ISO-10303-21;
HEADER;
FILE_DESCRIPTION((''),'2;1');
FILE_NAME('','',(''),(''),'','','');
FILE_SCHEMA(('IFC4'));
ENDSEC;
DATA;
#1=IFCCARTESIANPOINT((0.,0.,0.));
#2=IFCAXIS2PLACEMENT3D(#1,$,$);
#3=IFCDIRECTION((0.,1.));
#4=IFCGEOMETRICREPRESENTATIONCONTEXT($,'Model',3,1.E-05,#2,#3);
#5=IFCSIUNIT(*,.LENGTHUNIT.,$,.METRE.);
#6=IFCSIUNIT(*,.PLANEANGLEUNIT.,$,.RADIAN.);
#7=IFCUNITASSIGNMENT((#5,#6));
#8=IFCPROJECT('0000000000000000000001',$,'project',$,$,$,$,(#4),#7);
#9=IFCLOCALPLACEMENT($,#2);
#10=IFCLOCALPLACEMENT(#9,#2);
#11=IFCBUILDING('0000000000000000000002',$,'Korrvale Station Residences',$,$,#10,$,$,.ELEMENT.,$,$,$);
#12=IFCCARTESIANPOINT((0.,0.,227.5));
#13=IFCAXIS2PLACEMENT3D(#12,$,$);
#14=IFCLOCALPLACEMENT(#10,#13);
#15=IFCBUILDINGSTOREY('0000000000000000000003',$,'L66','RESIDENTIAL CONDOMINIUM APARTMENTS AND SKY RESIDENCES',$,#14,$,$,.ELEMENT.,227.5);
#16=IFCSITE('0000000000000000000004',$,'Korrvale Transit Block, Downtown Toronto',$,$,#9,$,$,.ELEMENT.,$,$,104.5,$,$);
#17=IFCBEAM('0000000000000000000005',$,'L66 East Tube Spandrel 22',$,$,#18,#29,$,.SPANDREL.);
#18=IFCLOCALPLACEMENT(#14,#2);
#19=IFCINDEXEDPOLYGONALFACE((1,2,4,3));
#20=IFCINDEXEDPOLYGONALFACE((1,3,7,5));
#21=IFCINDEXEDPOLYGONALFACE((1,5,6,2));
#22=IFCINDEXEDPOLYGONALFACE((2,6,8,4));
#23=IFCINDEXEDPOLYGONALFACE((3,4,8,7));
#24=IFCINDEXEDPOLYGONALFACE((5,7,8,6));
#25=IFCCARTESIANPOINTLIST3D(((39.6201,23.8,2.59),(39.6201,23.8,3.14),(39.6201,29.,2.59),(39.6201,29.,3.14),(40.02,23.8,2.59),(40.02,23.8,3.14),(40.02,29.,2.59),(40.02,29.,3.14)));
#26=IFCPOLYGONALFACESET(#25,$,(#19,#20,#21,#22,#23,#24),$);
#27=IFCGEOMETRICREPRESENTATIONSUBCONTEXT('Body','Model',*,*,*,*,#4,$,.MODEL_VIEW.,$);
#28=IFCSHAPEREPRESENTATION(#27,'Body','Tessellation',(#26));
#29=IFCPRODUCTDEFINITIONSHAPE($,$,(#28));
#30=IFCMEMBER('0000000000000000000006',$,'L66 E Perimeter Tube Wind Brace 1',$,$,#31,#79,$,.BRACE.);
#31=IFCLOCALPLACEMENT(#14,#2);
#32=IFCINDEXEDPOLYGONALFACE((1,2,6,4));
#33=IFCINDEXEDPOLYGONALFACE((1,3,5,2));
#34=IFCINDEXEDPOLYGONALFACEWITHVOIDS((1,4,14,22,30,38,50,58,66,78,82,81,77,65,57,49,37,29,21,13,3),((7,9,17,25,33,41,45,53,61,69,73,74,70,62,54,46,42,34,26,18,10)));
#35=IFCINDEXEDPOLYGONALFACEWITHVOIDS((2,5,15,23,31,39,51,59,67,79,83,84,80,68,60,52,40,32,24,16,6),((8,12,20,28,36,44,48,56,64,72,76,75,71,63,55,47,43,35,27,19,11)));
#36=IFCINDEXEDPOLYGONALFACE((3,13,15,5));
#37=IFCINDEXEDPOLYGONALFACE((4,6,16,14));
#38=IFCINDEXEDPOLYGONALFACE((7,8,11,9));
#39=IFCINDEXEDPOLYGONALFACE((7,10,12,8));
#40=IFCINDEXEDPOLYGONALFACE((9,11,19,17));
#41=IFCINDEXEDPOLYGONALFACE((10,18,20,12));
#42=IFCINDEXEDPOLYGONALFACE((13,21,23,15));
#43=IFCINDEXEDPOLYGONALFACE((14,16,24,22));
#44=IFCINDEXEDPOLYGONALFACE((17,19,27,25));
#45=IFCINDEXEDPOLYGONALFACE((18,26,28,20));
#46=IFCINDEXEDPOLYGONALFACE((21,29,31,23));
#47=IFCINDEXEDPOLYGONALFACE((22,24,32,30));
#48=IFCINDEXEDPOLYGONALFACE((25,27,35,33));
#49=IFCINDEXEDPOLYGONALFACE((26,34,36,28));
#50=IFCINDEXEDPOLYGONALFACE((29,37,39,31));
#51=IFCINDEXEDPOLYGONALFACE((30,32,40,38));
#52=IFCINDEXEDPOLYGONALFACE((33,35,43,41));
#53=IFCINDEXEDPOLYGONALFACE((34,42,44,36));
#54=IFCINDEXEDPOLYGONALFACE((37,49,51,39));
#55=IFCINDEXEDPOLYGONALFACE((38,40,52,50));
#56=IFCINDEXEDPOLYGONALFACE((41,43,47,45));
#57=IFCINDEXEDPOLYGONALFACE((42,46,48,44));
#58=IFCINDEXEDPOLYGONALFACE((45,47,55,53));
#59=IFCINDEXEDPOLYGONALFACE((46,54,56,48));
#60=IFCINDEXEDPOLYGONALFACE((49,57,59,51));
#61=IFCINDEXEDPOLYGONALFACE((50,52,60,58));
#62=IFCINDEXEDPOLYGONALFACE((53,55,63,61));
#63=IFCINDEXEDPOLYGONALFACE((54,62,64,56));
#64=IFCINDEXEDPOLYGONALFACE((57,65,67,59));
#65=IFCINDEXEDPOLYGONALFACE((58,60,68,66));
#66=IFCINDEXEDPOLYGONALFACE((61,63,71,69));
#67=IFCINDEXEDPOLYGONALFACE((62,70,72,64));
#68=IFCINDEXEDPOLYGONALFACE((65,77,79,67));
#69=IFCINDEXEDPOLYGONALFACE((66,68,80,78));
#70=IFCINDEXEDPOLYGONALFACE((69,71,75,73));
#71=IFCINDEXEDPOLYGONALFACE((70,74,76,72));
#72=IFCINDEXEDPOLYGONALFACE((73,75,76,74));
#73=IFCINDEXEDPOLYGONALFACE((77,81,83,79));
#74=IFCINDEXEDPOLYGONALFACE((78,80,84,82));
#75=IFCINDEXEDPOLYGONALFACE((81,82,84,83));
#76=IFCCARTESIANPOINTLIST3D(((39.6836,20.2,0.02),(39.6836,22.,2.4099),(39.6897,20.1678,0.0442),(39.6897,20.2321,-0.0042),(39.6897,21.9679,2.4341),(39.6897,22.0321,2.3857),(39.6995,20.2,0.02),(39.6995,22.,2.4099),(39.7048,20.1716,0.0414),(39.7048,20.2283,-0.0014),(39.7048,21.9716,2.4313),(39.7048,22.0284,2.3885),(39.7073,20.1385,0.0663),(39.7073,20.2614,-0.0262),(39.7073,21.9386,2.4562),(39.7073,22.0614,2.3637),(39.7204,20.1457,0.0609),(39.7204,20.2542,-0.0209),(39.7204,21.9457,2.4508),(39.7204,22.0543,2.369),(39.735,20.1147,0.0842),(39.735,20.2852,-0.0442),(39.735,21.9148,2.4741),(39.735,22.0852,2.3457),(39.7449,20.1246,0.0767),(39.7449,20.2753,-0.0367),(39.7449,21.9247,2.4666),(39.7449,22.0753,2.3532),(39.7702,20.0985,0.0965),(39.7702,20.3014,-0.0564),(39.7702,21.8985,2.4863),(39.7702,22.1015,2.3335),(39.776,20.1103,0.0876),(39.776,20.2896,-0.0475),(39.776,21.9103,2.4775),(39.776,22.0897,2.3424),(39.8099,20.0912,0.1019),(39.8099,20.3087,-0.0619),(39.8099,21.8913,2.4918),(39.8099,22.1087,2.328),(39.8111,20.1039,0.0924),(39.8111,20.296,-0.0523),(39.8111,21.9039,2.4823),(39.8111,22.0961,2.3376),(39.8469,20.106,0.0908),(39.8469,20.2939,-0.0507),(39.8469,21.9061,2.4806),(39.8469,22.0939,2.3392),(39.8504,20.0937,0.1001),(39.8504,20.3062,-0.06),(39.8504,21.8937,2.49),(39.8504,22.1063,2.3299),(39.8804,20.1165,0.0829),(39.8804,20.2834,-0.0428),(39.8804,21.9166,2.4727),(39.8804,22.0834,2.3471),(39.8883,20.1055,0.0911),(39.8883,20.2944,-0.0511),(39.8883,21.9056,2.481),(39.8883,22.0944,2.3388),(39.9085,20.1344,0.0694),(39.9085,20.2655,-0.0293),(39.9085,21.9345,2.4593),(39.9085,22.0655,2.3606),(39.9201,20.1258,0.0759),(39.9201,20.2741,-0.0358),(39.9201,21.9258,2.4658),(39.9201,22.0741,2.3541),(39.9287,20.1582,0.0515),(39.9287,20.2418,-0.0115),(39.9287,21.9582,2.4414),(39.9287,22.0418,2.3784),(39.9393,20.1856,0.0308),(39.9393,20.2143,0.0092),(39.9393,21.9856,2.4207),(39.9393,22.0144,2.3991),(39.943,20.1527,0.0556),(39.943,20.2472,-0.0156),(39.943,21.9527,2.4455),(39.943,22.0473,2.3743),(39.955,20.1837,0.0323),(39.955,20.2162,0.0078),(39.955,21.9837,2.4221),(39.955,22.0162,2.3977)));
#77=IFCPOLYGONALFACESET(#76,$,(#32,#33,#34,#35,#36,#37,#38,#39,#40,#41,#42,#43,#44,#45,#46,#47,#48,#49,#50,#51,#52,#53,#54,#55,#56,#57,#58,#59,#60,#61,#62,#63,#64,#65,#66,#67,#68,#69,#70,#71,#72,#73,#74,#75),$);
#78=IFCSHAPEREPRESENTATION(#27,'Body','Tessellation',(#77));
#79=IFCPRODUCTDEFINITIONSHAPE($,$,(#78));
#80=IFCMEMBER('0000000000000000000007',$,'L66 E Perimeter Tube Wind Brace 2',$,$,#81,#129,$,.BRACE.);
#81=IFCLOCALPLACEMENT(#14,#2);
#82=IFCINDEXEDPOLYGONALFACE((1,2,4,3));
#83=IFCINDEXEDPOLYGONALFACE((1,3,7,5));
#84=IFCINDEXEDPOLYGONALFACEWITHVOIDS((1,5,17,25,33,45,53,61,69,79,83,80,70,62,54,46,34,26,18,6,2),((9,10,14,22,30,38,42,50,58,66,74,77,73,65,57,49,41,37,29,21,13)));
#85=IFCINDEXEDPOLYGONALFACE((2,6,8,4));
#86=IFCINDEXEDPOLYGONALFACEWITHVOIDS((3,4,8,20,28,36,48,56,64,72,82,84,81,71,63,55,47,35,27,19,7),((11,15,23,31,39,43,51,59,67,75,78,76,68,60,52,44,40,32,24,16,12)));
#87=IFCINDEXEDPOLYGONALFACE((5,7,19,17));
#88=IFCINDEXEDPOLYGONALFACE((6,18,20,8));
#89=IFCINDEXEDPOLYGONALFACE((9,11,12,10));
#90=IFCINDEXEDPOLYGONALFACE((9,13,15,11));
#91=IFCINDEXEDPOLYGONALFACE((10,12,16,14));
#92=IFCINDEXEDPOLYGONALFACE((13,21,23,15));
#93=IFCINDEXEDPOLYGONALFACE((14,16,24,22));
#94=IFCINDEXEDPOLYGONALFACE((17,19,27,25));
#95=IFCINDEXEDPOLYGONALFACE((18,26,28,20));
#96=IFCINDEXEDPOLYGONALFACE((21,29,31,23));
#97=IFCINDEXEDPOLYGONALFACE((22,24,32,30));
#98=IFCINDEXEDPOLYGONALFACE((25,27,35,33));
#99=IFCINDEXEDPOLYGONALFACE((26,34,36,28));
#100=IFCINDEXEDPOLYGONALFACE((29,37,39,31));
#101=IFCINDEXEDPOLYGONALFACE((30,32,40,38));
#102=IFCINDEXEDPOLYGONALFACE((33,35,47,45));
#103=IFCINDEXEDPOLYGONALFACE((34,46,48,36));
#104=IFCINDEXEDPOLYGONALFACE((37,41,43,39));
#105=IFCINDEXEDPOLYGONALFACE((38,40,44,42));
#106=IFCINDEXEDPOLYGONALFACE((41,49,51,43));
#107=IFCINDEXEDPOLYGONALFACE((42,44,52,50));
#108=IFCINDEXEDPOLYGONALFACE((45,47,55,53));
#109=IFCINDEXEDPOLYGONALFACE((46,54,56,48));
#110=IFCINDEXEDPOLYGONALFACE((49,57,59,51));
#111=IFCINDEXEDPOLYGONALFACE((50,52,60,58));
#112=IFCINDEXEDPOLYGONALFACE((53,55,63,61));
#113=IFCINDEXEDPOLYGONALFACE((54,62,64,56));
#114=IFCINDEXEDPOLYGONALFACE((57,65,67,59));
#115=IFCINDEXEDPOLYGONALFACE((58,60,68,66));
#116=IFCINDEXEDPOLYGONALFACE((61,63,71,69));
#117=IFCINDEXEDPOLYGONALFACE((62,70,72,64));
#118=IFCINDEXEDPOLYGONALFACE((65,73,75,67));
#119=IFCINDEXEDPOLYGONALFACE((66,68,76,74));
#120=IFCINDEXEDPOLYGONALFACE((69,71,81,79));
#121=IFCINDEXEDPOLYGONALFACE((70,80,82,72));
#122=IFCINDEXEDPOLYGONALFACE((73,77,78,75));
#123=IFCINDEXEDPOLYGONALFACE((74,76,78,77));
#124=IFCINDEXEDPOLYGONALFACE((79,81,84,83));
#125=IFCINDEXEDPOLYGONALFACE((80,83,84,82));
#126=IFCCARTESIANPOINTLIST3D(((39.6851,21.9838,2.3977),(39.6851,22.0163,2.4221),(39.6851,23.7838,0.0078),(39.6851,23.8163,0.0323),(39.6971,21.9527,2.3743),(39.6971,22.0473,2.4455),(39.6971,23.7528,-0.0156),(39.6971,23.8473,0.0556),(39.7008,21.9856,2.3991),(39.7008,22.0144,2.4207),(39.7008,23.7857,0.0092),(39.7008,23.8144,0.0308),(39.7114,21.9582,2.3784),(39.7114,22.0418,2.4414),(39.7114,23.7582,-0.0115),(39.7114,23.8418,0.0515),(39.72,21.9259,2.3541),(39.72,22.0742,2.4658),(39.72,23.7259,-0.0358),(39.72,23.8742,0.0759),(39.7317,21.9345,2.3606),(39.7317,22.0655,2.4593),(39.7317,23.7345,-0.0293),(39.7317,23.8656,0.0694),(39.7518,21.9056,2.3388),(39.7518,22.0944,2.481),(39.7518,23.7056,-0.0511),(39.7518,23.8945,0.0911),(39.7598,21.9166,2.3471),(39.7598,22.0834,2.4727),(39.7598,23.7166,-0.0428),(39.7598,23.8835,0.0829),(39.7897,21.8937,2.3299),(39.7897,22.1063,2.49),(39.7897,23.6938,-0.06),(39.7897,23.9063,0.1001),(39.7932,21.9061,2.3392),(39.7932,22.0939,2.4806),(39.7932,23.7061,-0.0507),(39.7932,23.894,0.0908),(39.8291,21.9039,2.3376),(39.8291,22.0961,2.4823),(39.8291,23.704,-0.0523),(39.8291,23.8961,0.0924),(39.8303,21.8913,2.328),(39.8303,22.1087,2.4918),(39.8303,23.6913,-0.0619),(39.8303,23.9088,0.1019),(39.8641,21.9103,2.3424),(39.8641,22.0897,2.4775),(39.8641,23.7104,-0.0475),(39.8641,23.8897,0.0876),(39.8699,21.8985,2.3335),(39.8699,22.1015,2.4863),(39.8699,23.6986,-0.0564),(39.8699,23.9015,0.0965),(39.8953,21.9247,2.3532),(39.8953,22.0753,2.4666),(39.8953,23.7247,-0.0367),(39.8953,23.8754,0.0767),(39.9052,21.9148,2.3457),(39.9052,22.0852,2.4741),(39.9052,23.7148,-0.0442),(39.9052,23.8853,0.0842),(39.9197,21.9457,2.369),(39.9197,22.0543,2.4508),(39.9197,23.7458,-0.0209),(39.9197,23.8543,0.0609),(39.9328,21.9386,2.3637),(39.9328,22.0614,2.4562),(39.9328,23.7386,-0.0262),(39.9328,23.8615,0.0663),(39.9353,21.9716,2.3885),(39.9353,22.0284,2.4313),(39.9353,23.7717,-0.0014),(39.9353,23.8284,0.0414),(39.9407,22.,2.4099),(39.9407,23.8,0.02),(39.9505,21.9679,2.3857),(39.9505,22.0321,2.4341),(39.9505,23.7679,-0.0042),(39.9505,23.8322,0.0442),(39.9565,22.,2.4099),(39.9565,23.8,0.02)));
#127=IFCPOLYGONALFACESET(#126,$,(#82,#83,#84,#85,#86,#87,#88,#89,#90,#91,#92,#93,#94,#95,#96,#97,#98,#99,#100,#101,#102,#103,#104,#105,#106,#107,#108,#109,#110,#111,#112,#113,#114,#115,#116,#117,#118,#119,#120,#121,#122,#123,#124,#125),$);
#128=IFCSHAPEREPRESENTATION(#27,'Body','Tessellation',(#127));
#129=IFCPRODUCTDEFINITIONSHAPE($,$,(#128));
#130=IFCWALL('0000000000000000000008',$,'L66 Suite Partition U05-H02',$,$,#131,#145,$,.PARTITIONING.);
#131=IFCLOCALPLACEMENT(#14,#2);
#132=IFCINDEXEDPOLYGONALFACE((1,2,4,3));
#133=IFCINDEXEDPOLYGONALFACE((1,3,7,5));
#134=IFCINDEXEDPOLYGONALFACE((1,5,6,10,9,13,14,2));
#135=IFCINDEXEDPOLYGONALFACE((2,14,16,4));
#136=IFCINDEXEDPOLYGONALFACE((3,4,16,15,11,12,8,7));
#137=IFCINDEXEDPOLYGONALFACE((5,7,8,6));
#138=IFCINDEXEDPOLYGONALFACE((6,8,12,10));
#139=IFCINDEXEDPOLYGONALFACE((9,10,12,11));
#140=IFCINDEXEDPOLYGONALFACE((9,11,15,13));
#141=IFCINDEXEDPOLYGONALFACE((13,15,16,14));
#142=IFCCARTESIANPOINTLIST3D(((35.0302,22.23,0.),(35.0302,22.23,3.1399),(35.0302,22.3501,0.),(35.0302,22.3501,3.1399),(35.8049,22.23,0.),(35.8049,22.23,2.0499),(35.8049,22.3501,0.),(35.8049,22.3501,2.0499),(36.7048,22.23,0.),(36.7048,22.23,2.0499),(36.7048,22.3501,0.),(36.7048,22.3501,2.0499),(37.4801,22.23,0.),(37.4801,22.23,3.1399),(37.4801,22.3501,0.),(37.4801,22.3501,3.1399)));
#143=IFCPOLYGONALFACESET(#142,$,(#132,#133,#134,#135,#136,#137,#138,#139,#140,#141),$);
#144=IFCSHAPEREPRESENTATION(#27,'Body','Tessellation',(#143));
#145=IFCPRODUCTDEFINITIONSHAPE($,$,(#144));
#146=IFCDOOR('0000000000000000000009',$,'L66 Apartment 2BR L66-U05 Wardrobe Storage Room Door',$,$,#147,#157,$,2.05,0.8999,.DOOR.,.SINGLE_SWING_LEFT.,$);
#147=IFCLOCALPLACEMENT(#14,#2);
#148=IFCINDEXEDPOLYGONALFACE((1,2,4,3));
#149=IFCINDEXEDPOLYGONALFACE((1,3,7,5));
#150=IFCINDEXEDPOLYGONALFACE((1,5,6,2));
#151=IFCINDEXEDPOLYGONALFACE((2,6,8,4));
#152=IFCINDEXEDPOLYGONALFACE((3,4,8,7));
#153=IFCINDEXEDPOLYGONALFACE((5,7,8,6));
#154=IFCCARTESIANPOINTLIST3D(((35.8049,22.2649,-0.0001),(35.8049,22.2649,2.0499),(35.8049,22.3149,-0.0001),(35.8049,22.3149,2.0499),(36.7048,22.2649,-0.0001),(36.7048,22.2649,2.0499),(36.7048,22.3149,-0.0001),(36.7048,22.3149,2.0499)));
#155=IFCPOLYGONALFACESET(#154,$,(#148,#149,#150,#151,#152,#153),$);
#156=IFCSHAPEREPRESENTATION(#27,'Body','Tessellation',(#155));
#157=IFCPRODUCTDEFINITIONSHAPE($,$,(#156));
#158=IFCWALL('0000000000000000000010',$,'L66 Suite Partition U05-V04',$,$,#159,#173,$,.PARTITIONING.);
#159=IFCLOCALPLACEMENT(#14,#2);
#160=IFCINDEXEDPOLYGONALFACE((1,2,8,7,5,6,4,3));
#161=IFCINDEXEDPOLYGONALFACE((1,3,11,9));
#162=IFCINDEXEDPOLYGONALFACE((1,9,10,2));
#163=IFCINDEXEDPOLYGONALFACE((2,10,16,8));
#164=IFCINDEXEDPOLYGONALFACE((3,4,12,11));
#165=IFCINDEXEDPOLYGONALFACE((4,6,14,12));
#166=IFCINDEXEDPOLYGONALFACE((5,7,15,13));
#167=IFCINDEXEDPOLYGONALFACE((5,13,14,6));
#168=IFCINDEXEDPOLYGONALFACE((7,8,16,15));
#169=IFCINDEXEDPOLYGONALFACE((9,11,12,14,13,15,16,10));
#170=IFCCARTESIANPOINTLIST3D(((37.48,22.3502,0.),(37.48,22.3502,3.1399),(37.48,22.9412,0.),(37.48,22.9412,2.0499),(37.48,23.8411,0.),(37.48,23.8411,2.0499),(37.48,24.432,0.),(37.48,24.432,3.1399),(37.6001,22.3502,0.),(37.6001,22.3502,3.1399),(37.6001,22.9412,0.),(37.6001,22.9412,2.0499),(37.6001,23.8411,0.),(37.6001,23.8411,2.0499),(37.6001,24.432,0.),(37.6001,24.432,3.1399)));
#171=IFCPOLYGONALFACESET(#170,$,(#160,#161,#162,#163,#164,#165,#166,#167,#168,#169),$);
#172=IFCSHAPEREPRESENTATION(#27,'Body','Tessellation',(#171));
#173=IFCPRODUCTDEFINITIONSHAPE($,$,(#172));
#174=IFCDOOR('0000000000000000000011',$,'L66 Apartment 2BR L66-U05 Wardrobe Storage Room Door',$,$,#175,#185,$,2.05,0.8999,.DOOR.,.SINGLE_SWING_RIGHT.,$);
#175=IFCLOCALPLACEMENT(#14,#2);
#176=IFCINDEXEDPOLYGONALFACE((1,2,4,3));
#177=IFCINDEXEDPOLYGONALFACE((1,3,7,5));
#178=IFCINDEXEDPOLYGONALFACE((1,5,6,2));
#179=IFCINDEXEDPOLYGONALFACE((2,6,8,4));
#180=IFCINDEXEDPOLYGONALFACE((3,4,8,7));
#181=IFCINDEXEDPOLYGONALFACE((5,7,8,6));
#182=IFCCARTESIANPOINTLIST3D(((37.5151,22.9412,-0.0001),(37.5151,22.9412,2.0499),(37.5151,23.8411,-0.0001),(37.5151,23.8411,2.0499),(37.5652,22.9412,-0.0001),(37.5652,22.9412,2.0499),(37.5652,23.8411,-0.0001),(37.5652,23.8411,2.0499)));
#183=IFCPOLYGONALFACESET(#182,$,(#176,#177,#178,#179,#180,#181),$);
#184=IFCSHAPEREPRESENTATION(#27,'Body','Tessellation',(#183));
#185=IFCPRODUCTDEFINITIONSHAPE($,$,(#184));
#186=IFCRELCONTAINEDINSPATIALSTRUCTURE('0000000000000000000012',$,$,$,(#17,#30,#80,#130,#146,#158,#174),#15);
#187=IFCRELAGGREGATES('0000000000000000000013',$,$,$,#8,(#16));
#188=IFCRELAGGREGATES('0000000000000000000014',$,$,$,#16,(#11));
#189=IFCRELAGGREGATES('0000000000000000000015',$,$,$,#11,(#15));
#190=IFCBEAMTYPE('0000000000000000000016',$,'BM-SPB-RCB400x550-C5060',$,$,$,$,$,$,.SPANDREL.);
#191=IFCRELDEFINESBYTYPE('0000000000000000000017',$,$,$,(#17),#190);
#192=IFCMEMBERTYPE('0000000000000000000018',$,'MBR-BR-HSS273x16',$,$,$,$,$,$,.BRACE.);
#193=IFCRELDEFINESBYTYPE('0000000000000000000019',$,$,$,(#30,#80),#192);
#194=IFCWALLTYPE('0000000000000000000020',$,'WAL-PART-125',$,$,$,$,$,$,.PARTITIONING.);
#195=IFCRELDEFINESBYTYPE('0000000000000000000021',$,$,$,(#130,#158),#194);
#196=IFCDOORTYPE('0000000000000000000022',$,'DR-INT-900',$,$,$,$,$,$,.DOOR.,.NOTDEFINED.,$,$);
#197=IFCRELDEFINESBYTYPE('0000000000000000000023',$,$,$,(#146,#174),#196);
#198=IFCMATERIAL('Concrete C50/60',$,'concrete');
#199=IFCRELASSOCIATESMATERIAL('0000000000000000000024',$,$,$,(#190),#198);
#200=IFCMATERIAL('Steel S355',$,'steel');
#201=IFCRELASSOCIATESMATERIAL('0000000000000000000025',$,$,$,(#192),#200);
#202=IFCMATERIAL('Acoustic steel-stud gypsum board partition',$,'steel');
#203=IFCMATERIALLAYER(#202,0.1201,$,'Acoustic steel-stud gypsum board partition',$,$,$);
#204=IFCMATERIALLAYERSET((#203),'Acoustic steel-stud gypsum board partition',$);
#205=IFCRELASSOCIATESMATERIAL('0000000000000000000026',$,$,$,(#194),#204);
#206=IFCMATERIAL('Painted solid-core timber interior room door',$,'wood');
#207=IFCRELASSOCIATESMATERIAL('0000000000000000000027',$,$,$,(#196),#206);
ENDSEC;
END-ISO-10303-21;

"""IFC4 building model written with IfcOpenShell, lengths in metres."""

from ifc_helpers import new_model, si_unit, direction, frame, frame_2d, origin, origin_2d, place, context, subcontext, project, spatial, rectangle, hollow_circle, extrude, material, layer, layer_set, material_profile, profile_set, type_object, element, fill, save


model = new_model("IFC4")

# Units and contexts
model_context = context("Model", 3, precision=1e-05, world=origin(), true_north=direction((0.0, 1.0)))
body_context = subcontext(model_context, "Body", "Model", "MODEL_VIEW")
ifc_project = project(units=[si_unit("LENGTHUNIT", "METRE"), si_unit("PLANEANGLEUNIT", "RADIAN")], contexts=[model_context])

# Site, building, storey
site_placement = place(None, origin())
site = spatial("IfcSite", under=ifc_project, at=site_placement, Name="Korrvale Transit Block, Downtown Toronto", CompositionType="ELEMENT", RefElevation=104.5)
building_placement = place(site_placement, origin())
building = spatial("IfcBuilding", under=site, at=building_placement, Name="Korrvale Station Residences", CompositionType="ELEMENT")
storey_placement = place(building_placement, frame((0.0, 0.0, 227.5)))
storey = spatial("IfcBuildingStorey", under=building, at=storey_placement, Name="L66", Description="RESIDENTIAL CONDOMINIUM APARTMENTS AND SKY RESIDENCES", CompositionType="ELEMENT", Elevation=227.5)

# Shared definitions
ifc_material_1 = material(Name="Concrete C50/60", Category="concrete")

# Beam
ifc_material_2 = material(Name="Steel S355", Category="steel")
ifc_material_profile_1 = material_profile(ifc_material_1, rectangle(XDim=0.3999, YDim=0.55, at=origin_2d()), Name="RCB400x550")
ifc_profile_set_1 = profile_set([ifc_material_profile_1], Name="Concrete C50/60")
beam_type_1 = type_object("IfcBeamType", Name="BM-SPB-RCB400x550-C5060", PredefinedType="SPANDREL", material=ifc_profile_set_1)
beam_1_placement = place(storey_placement, frame((39.8201, 23.8, 2.865), z_axis=(0.0, 1.0, 0.0), x_axis=(-1.0, 0.0, 0.0)))
element("IfcBeam", 1, at=beam_1_placement, inside=storey, type_object=beam_type_1, Name="L66 East Tube Spandrel 22", PredefinedType="SPANDREL", context=body_context, shape_type="SweptSolid", body=[
    extrude(rectangle(XDim=0.3999, YDim=0.55, at=origin_2d()), origin(), (0.0, 0.0, 1.0), 5.2),
])

# Members
ifc_material_profile_2 = material_profile(ifc_material_2, hollow_circle(Radius=0.1365, WallThickness=0.0159, at=origin_2d()), Name="HSS273x16")
ifc_profile_set_2 = profile_set([ifc_material_profile_2], Name="Steel S355")
member_type = type_object("IfcMemberType", Name="MBR-BR-HSS273x16", PredefinedType="BRACE", material=ifc_profile_set_2)
for number, where, z_axis, x_axis, name in (
    (2, (39.8201, 20.2, 0.02), (0.0, 0.601631, 0.798774), (-1.0, 0.0, 0.0), "L66 E Perimeter Tube Wind Brace 1"),
    (3, (39.8201, 23.8, 0.02), (0.0, -0.601631, 0.798774), (1.0, 0.0, 0.0), "L66 E Perimeter Tube Wind Brace 2"),
):
    element("IfcMember", number, at=place(storey_placement, frame(where, z_axis=z_axis, x_axis=x_axis)), inside=storey, type_object=member_type, Name=name, PredefinedType="BRACE", context=body_context, shape_type="SweptSolid", body=[
        extrude(hollow_circle(Radius=0.1365, WallThickness=0.0159, at=origin_2d()), origin(), (0.0, 0.0, 1.0), 2.9919),
    ])

# Walls, openings, doors
ifc_material_3 = material(Name="Acoustic steel-stud gypsum board partition", Category="steel")
ifc_layer_1 = layer(ifc_material_3, 0.1201, Name="Acoustic steel-stud gypsum board partition")
ifc_layer_set_1 = layer_set([ifc_layer_1], Name="Acoustic steel-stud gypsum board partition")
wall_type_1 = type_object("IfcWallType", Name="WAL-PART-125", PredefinedType="PARTITIONING", material=ifc_layer_set_1)
wall_1_placement = place(storey_placement, frame((35.03, 22.29, 0.0), z_axis=(0.0, 0.0, 1.0), x_axis=(1.0, 0.0, 0.0)))
wall_1 = element("IfcWall", 4, at=wall_1_placement, inside=storey, type_object=wall_type_1, Name="L66 Suite Partition U05-H02", PredefinedType="PARTITIONING", context=body_context, shape_type="SweptSolid", body=[
    extrude(rectangle(XDim=2.45, YDim=0.1201, at=frame_2d((1.2251, 0.0))), origin(), (0.0, 0.0, 1.0), 3.1399),
])
opening_1_placement = place(wall_1_placement, frame((0.7749, 0.0, 0.0)))
opening_1 = element("IfcOpeningElement", 5, at=opening_1_placement, cuts=wall_1, PredefinedType="OPENING", context=body_context, shape_type="SweptSolid", body=[
    extrude(rectangle(XDim=0.8999, YDim=2.05, at=frame_2d((0.45, 1.0249))), frame((0.0, 0.0701, 0.0), z_axis=(0.0, -1.0, 0.0), x_axis=(1.0, 0.0, 0.0)), (0.0, 0.0, 1.0), 0.1401),
])
ifc_material_4 = material(Name="Painted solid-core timber interior room door", Category="wood")
door_type = type_object("IfcDoorType", Name="DR-INT-900", OperationType="NOTDEFINED", PredefinedType="DOOR", material=ifc_material_4)
door_1_placement = place(opening_1_placement, origin())
door_1 = element("IfcDoor", 6, at=door_1_placement, inside=storey, type_object=door_type, Name="L66 Apartment 2BR L66-U05 Wardrobe Storage Room Door", OperationType="SINGLE_SWING_LEFT", OverallHeight=2.05, OverallWidth=0.8999, PredefinedType="DOOR", context=body_context, shape_type="SweptSolid", body=[
    extrude(rectangle(XDim=0.8999, YDim=2.05, at=frame_2d((0.45, 1.0249))), frame((0.0, 0.0249, 0.0), z_axis=(0.0, -1.0, 0.0), x_axis=(1.0, 0.0, 0.0)), (0.0, 0.0, 1.0), 0.05),
])
fill(opening_1, door_1)
wall_2_placement = place(storey_placement, frame((37.54, 22.3501, 0.0), z_axis=(0.0, 0.0, 1.0), x_axis=(0.0, 1.0, 0.0)))
wall_2 = element("IfcWall", 7, at=wall_2_placement, inside=storey, type_object=wall_type_1, Name="L66 Suite Partition U05-V04", PredefinedType="PARTITIONING", context=body_context, shape_type="SweptSolid", body=[
    extrude(rectangle(XDim=2.0818, YDim=0.1201, at=frame_2d((1.041, 0.0))), origin(), (0.0, 0.0, 1.0), 3.1399),
])
opening_2_placement = place(wall_2_placement, frame((0.5911, 0.0, 0.0)))
opening_2 = element("IfcOpeningElement", 8, at=opening_2_placement, cuts=wall_2, PredefinedType="OPENING", context=body_context, shape_type="SweptSolid", body=[
    extrude(rectangle(XDim=0.8999, YDim=2.05, at=frame_2d((0.45, 1.0249))), frame((0.0, 0.0701, 0.0), z_axis=(0.0, -1.0, 0.0), x_axis=(1.0, 0.0, 0.0)), (0.0, 0.0, 1.0), 0.1401),
])
door_2_placement = place(opening_2_placement, origin())
door_2 = element("IfcDoor", 9, at=door_2_placement, inside=storey, type_object=door_type, Name="L66 Apartment 2BR L66-U05 Wardrobe Storage Room Door", OperationType="SINGLE_SWING_RIGHT", OverallHeight=2.05, OverallWidth=0.8999, PredefinedType="DOOR", context=body_context, shape_type="SweptSolid", body=[
    extrude(rectangle(XDim=0.8999, YDim=2.05, at=frame_2d((0.45, 1.0249))), frame((0.0, 0.0249, 0.0), z_axis=(0.0, -1.0, 0.0), x_axis=(1.0, 0.0, 0.0)), (0.0, 0.0, 1.0), 0.05),
])
fill(opening_2, door_2)

save(model, "model.ifc")
